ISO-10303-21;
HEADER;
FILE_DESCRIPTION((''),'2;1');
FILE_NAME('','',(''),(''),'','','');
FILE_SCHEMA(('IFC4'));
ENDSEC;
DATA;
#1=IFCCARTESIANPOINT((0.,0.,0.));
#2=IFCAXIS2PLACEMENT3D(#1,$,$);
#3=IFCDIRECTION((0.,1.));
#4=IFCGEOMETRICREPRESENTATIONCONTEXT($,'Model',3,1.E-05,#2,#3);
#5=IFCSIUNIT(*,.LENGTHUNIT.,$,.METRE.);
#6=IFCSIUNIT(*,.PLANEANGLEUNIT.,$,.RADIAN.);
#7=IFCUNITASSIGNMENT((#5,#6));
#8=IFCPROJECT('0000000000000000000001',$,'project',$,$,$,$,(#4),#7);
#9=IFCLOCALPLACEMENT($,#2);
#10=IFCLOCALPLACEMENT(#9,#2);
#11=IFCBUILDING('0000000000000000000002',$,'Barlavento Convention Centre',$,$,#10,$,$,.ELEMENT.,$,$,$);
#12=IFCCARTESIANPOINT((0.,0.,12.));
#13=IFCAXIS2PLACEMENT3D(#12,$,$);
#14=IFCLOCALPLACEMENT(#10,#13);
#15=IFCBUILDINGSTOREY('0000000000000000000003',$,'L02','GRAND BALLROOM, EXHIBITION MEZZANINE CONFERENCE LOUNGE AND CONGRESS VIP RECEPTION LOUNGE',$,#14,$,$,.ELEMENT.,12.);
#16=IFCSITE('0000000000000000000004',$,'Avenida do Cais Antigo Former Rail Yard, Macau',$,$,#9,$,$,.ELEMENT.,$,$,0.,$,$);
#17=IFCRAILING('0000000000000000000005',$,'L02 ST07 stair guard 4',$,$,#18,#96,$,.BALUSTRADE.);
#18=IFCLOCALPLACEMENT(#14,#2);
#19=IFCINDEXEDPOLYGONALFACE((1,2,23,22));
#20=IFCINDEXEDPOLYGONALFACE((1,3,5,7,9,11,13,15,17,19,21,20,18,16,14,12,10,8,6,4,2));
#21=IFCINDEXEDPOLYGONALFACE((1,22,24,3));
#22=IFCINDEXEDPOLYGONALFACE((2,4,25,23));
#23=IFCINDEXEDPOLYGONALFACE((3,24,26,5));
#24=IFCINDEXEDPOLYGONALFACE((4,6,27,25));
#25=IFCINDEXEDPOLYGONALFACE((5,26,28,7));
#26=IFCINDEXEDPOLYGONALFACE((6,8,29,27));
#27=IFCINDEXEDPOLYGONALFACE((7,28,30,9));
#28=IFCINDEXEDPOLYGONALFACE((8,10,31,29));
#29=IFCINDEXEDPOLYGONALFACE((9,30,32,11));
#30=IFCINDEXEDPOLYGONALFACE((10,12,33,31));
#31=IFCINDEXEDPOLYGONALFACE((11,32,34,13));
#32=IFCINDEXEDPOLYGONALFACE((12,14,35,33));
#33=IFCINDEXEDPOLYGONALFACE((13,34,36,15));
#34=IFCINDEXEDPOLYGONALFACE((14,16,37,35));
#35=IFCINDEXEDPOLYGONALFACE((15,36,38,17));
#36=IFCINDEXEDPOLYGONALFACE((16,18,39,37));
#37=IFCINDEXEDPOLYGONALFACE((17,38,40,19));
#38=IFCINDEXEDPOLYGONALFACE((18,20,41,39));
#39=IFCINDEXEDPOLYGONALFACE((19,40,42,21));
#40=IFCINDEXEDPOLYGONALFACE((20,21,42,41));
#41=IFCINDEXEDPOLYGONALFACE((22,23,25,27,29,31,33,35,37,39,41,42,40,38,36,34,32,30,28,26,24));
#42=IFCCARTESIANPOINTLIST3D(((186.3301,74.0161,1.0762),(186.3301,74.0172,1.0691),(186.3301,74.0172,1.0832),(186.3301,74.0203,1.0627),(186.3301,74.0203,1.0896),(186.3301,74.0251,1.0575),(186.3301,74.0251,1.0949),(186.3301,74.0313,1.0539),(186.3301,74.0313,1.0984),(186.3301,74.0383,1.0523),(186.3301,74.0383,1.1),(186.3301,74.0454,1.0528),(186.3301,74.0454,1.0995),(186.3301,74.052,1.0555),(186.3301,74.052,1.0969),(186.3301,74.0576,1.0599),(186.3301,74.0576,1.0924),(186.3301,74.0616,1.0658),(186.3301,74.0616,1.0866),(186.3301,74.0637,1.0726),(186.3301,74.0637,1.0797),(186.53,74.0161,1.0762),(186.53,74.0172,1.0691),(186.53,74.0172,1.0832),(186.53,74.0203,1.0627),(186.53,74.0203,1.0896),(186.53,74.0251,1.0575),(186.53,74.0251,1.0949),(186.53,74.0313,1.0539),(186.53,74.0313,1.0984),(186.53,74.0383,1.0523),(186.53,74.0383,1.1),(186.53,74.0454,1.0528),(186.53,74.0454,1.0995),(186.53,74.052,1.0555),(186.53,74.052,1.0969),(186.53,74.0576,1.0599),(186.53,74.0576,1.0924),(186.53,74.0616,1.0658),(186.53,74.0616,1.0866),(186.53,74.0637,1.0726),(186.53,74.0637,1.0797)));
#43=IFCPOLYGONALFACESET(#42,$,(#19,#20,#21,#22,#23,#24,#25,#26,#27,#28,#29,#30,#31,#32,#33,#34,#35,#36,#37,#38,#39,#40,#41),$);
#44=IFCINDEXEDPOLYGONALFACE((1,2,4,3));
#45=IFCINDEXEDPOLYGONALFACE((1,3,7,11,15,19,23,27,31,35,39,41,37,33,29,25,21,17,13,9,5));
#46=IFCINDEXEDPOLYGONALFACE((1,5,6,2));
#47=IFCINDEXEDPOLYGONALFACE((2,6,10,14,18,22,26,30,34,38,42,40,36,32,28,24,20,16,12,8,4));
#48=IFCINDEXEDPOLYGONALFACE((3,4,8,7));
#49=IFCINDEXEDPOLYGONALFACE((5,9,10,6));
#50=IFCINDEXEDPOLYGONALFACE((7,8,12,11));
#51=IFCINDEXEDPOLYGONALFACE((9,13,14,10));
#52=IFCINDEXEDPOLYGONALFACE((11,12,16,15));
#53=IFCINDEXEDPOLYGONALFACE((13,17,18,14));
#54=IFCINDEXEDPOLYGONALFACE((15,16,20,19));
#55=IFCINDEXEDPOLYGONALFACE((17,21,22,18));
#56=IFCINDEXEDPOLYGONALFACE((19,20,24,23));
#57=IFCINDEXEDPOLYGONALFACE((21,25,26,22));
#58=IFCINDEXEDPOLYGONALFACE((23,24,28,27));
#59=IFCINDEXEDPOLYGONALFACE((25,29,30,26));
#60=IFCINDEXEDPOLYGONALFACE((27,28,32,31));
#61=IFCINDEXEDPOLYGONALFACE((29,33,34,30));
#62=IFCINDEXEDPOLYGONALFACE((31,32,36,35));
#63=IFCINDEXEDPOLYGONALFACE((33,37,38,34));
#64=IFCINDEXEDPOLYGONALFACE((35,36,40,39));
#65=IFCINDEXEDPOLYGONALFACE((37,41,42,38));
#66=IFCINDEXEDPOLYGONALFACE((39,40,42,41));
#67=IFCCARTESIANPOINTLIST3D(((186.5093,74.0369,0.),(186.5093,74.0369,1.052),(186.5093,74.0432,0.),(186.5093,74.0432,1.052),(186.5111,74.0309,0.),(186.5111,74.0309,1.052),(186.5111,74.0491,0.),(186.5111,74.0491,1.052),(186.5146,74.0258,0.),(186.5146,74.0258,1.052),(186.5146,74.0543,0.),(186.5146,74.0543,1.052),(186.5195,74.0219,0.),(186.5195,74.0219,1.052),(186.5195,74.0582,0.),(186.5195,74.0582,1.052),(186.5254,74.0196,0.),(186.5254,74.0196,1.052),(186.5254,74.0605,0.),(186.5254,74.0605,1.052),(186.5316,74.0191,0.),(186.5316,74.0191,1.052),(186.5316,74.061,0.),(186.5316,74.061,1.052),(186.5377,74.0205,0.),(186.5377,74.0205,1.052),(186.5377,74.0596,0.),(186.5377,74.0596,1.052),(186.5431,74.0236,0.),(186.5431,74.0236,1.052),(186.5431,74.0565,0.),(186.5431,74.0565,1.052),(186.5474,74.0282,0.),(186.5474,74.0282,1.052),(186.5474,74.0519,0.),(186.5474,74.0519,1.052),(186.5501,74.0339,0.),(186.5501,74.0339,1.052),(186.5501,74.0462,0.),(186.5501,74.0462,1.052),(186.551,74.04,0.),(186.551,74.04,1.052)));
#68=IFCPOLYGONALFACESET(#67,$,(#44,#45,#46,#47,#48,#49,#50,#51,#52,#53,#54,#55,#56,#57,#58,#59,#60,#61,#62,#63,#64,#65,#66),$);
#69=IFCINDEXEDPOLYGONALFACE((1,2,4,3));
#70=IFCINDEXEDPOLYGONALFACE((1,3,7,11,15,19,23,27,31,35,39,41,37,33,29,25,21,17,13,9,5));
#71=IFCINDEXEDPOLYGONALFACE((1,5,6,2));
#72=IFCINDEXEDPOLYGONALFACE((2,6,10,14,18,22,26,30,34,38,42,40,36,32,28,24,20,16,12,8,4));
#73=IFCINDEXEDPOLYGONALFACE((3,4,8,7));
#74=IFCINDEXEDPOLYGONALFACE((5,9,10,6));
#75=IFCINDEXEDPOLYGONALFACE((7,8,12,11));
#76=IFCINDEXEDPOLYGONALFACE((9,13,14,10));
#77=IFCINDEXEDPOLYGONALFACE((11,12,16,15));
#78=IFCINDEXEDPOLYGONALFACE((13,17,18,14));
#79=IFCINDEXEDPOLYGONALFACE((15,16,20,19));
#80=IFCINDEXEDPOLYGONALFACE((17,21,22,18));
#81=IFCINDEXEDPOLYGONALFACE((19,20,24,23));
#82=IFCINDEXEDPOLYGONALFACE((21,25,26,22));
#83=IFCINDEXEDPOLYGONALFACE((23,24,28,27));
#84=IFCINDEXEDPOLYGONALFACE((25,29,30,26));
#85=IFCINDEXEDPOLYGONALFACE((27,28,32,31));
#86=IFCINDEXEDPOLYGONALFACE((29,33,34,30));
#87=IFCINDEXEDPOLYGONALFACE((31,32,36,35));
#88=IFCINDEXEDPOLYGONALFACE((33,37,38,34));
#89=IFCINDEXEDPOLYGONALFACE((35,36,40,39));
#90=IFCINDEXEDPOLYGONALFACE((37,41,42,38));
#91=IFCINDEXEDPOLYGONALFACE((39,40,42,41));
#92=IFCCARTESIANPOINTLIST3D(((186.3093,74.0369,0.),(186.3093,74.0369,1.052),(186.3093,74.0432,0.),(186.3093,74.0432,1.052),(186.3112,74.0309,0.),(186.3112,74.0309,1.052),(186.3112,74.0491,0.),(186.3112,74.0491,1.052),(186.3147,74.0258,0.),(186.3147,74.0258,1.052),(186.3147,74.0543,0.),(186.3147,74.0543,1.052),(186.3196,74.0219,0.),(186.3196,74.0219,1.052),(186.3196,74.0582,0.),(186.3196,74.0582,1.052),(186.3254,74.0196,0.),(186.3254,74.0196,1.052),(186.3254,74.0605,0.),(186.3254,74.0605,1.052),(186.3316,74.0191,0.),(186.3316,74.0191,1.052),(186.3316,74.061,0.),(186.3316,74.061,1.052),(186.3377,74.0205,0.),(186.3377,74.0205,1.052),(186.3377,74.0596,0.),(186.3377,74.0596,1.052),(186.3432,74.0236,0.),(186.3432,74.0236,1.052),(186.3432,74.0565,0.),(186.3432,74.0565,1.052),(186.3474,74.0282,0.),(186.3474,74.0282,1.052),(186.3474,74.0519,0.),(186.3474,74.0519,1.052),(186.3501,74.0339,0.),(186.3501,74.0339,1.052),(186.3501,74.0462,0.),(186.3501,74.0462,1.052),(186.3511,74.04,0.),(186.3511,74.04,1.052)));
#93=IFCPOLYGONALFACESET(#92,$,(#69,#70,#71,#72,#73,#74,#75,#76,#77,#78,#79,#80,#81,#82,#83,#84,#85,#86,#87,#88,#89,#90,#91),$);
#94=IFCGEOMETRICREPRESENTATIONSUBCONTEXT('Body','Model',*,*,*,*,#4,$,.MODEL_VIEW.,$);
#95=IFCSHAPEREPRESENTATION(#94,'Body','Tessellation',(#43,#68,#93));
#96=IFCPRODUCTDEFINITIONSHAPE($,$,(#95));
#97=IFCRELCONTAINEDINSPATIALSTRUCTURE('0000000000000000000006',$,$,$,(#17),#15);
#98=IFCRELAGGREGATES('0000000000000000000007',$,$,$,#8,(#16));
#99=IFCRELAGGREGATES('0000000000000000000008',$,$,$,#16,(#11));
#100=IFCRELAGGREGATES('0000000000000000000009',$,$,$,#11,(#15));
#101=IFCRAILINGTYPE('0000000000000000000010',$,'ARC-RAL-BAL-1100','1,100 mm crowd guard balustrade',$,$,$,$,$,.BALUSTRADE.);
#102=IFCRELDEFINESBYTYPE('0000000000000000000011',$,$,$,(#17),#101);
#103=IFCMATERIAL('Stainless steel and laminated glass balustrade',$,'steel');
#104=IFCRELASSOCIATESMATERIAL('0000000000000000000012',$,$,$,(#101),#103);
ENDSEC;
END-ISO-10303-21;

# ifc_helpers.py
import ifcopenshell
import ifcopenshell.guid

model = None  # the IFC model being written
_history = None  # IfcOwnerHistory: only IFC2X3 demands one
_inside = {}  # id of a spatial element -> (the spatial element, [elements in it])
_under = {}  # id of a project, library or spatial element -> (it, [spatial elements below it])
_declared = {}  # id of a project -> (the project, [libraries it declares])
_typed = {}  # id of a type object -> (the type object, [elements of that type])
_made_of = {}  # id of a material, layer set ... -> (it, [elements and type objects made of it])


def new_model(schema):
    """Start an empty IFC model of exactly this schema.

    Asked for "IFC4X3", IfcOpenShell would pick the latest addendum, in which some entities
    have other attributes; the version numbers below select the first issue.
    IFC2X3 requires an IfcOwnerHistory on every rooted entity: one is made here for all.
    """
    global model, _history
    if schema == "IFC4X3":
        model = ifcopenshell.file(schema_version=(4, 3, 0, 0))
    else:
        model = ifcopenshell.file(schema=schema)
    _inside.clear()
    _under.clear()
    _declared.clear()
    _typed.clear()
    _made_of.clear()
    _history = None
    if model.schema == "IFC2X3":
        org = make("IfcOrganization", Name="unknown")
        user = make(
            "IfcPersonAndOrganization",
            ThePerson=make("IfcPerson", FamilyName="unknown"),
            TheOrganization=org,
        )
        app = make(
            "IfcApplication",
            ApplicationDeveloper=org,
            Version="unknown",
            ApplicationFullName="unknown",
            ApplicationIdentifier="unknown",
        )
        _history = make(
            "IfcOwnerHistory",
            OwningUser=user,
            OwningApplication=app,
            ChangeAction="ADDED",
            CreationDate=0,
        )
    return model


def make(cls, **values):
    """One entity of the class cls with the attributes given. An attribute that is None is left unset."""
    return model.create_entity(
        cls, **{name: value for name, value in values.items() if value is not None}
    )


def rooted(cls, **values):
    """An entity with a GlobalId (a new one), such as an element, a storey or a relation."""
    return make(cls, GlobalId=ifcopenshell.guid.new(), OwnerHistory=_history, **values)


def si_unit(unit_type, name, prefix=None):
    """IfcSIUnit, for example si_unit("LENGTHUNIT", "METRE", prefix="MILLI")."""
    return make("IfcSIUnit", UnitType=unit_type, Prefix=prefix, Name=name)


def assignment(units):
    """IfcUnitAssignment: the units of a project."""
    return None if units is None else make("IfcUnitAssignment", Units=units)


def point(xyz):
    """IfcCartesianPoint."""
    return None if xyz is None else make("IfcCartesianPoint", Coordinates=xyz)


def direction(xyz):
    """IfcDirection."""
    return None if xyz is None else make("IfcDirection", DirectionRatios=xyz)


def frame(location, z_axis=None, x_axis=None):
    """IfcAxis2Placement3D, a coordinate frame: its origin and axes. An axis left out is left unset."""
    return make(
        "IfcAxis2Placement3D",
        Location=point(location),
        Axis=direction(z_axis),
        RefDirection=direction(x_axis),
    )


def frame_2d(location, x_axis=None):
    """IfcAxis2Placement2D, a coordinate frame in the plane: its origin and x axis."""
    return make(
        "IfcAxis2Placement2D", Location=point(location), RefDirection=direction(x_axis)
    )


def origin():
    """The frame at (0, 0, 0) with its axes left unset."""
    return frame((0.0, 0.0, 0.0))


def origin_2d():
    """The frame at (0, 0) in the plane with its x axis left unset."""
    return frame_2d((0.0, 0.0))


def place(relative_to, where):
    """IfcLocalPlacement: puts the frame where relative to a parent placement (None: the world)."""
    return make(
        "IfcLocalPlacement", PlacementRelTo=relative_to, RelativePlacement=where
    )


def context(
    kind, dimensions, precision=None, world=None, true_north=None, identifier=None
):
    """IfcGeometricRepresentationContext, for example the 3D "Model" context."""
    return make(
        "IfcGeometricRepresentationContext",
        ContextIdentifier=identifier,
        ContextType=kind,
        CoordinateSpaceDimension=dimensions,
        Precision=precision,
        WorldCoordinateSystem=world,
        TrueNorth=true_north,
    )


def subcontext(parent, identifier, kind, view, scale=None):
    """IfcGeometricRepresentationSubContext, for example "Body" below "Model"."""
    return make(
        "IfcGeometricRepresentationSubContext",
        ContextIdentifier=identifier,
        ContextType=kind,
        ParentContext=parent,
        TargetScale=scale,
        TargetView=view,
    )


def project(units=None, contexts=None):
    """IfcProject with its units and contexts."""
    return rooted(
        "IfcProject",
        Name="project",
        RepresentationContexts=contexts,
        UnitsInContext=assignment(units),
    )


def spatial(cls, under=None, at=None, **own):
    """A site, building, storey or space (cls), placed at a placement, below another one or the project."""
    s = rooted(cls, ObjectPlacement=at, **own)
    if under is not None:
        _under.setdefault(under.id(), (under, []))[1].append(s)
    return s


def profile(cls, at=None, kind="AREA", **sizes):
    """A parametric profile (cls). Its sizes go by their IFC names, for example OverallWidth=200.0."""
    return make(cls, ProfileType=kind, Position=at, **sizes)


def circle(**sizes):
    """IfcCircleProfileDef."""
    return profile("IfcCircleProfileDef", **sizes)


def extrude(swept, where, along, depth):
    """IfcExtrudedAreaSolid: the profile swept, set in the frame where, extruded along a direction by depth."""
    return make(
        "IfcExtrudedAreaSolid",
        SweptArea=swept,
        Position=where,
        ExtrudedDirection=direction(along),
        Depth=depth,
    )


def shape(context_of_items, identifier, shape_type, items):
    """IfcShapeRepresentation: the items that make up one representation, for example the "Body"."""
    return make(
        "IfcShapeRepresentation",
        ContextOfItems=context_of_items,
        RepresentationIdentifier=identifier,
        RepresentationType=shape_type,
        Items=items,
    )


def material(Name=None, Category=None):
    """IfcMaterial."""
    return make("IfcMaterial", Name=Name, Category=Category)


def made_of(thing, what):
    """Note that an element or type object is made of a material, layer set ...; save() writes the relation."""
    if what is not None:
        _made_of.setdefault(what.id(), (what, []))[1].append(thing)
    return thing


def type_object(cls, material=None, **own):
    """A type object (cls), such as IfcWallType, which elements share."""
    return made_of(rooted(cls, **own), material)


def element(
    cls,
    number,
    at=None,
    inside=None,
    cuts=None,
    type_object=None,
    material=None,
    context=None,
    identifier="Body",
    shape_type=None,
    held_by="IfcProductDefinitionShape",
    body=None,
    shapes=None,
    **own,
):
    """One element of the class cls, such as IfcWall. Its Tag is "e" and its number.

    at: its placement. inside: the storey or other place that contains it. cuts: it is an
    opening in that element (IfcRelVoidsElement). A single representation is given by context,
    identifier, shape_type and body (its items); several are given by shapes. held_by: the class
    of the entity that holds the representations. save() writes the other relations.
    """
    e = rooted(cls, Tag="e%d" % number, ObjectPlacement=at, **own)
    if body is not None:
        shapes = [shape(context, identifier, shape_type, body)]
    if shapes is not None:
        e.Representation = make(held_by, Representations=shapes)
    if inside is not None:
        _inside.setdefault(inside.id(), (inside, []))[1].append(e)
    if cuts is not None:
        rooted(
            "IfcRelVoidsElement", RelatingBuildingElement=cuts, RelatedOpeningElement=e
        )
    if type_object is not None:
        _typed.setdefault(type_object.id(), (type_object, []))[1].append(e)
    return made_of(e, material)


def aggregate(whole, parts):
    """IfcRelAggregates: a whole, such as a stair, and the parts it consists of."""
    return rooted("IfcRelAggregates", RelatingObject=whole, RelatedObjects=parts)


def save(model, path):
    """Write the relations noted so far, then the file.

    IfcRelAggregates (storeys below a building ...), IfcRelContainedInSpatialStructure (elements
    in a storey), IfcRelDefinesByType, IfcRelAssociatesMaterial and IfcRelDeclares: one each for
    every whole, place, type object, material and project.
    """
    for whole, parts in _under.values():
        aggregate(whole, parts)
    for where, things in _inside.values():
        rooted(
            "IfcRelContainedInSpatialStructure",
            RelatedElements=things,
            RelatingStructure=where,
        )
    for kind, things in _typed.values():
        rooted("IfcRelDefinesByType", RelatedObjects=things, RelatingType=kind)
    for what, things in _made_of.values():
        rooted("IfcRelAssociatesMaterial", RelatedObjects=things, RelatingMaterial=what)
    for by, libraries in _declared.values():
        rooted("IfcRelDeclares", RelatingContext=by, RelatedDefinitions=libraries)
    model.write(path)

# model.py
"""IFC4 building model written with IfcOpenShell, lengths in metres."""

from ifc_helpers import new_model, si_unit, direction, frame, origin, origin_2d, place, context, subcontext, project, spatial, circle, extrude, material, type_object, element, save


model = new_model("IFC4")

# Units and contexts
model_context = context("Model", 3, precision=1e-05, world=origin(), true_north=direction((0.0, 1.0)))
body_context = subcontext(model_context, "Body", "Model", "MODEL_VIEW")
ifc_project = project(units=[si_unit("LENGTHUNIT", "METRE"), si_unit("PLANEANGLEUNIT", "RADIAN")], contexts=[model_context])

# Site, building, storey
site_placement = place(None, origin())
site = spatial("IfcSite", under=ifc_project, at=site_placement, Name="Avenida do Cais Antigo Former Rail Yard, Macau", CompositionType="ELEMENT", RefElevation=0.0)
building_placement = place(site_placement, origin())
building = spatial("IfcBuilding", under=site, at=building_placement, Name="Barlavento Convention Centre", CompositionType="ELEMENT")
storey_placement = place(building_placement, frame((0.0, 0.0, 12.0)))
storey = spatial("IfcBuildingStorey", under=building, at=storey_placement, Name="L02", Description="GRAND BALLROOM, EXHIBITION MEZZANINE CONFERENCE LOUNGE AND CONGRESS VIP RECEPTION LOUNGE", CompositionType="ELEMENT", Elevation=12.0)

# Railing
ifc_material_1 = material(Name="Stainless steel and laminated glass balustrade", Category="steel")
railing_type_1 = type_object("IfcRailingType", Name="ARC-RAL-BAL-1100", Description="1,100 mm crowd guard balustrade", PredefinedType="BALUSTRADE", material=ifc_material_1)
railing_1_placement = place(storey_placement, frame((186.53, 74.04, 0.0)))
element("IfcRailing", 1, at=railing_1_placement, inside=storey, type_object=railing_type_1, Name="L02 ST07 stair guard 4", PredefinedType="BALUSTRADE", context=body_context, shape_type="SweptSolid", body=[
    extrude(circle(Radius=0.0239, at=origin_2d()), frame((0.0, 0.0, 1.0762), z_axis=(-1.0, 0.0, 0.0), x_axis=(0.0, -1.0, 0.0)), (0.0, 0.0, 1.0), 0.2),
    extrude(circle(Radius=0.021, at=origin_2d()), origin(), (0.0, 0.0, 1.0), 1.052),
    extrude(circle(Radius=0.021, at=origin_2d()), frame((-0.2, 0.0, 0.0)), (0.0, 0.0, 1.0), 1.052),
])

save(model, "model.ifc")
